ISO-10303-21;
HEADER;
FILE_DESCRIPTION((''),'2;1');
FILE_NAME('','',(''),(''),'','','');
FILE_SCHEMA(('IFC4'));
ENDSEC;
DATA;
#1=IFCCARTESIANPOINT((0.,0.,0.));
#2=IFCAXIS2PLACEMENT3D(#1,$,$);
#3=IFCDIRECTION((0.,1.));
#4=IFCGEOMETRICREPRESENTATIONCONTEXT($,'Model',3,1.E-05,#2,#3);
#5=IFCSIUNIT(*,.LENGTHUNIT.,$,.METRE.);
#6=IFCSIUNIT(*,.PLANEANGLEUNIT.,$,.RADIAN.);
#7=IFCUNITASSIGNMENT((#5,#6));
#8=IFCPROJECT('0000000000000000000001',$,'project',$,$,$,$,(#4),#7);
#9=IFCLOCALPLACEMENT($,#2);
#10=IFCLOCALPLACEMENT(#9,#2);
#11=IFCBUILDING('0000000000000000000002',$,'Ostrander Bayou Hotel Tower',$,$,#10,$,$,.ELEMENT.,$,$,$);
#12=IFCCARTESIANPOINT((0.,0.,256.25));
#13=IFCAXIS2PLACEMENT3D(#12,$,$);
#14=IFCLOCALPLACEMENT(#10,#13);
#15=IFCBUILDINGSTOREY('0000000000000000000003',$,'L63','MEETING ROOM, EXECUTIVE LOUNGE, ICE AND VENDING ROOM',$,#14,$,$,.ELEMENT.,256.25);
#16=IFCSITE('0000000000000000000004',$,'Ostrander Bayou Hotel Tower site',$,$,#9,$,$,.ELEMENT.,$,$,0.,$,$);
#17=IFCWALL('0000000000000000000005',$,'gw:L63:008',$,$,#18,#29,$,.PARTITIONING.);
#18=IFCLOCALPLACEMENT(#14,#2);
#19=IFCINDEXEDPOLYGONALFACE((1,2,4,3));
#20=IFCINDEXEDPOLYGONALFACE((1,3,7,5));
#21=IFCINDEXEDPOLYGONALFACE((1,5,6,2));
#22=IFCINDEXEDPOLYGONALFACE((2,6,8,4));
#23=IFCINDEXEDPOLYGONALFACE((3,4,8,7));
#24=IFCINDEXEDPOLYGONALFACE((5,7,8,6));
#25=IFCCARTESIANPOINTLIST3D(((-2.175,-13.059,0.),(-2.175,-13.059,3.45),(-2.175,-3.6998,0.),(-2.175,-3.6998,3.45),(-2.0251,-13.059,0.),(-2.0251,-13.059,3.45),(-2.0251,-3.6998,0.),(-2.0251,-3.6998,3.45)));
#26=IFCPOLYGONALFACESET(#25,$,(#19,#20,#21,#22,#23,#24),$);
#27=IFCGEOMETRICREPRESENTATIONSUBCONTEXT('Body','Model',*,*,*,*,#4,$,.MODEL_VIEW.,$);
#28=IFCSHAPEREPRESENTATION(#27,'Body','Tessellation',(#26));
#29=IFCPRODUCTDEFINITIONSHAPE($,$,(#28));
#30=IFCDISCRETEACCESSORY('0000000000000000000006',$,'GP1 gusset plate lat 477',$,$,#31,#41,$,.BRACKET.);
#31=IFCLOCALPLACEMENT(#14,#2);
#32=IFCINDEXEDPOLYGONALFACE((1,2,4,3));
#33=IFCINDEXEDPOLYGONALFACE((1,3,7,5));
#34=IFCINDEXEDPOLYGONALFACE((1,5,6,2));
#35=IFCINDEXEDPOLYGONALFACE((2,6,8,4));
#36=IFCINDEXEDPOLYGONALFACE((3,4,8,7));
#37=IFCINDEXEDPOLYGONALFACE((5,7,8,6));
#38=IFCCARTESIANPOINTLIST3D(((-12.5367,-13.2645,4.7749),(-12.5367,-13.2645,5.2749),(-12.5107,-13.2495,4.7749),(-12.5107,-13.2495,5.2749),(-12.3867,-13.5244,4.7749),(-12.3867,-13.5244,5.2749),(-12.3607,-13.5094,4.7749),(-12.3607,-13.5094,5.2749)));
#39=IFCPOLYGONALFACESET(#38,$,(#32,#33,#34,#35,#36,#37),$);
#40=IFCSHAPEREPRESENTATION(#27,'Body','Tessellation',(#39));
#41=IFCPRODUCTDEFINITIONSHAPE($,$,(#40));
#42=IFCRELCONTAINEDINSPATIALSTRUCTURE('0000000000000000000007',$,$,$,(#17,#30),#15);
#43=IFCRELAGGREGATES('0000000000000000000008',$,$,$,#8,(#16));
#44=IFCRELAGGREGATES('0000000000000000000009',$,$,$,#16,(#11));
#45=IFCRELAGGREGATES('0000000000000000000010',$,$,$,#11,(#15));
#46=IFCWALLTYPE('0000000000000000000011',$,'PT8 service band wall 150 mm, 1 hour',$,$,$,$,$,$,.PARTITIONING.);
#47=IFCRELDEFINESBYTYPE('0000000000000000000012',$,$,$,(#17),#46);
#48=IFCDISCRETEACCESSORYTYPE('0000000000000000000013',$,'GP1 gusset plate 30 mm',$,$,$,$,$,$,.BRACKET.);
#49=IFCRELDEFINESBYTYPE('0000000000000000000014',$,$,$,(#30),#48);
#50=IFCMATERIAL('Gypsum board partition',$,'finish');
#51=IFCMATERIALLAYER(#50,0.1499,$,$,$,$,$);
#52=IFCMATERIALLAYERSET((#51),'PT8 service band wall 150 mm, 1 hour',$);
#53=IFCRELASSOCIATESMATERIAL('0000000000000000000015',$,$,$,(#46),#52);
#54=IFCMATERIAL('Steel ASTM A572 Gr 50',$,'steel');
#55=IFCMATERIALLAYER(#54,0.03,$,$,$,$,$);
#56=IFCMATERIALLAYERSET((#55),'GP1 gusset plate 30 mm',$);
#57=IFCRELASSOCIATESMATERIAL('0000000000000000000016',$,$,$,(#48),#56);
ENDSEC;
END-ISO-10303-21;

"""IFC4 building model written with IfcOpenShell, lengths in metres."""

from ifc_helpers import new_model, si_unit, direction, frame, frame_2d, origin, origin_2d, place, context, subcontext, project, spatial, rectangle, extrude, material, layer, layer_set, type_object, element, save


model = new_model("IFC4")

# Units and contexts
model_context = context("Model", 3, precision=1e-05, world=origin(), true_north=direction((0.0, 1.0)))
body_context = subcontext(model_context, "Body", "Model", "MODEL_VIEW")
ifc_project = project(units=[si_unit("LENGTHUNIT", "METRE"), si_unit("PLANEANGLEUNIT", "RADIAN")], contexts=[model_context])

# Site, building, storey
site_placement = place(None, origin())
site = spatial("IfcSite", under=ifc_project, at=site_placement, Name="Ostrander Bayou Hotel Tower site", CompositionType="ELEMENT", RefElevation=0.0)
building_placement = place(site_placement, origin())
building = spatial("IfcBuilding", under=site, at=building_placement, Name="Ostrander Bayou Hotel Tower", CompositionType="ELEMENT")
storey_placement = place(building_placement, frame((0.0, 0.0, 256.25)))
storey = spatial("IfcBuildingStorey", under=building, at=storey_placement, Name="L63", Description="MEETING ROOM, EXECUTIVE LOUNGE, ICE AND VENDING ROOM", CompositionType="ELEMENT", Elevation=256.25)

# Wall
ifc_material_1 = material(Name="Gypsum board partition", Category="finish")
ifc_layer_1 = layer(ifc_material_1, 0.1499)
ifc_layer_set_1 = layer_set([ifc_layer_1], Name="PT8 service band wall 150 mm, 1 hour")
wall_type_1 = type_object("IfcWallType", Name="PT8 service band wall 150 mm, 1 hour", PredefinedType="PARTITIONING", material=ifc_layer_set_1)
wall_1_placement = place(storey_placement, frame((-2.1001, -13.0591, 0.0), z_axis=(0.0, 0.0, 1.0), x_axis=(0.0, 1.0, 0.0)))
element("IfcWall", 1, at=wall_1_placement, inside=storey, type_object=wall_type_1, Name="gw:L63:008", PredefinedType="PARTITIONING", context=body_context, shape_type="SweptSolid", body=[
    extrude(rectangle(XDim=9.3591, YDim=0.1499, at=frame_2d((4.6797, 0.0))), origin(), (0.0, 0.0, 1.0), 3.45),
])

# Discrete accessory
ifc_material_2 = material(Name="Steel ASTM A572 Gr 50", Category="steel")
ifc_layer_2 = layer(ifc_material_2, 0.03)
ifc_layer_set_2 = layer_set([ifc_layer_2], Name="GP1 gusset plate 30 mm")
discrete_accessory_type = type_object("IfcDiscreteAccessoryType", Name="GP1 gusset plate 30 mm", PredefinedType="BRACKET", material=ifc_layer_set_2)
discrete_accessory_placement = place(storey_placement, frame((-12.4487, -13.387, 4.7749), z_axis=(0.0, 0.0, 1.0), x_axis=(0.5, -0.866025, 0.0)))
element("IfcDiscreteAccessory", 2, at=discrete_accessory_placement, inside=storey, type_object=discrete_accessory_type, Name="GP1 gusset plate lat 477", PredefinedType="BRACKET", context=body_context, shape_type="SweptSolid", body=[
    extrude(rectangle(XDim=0.3, YDim=0.03, at=origin_2d()), origin(), (0.0, 0.0, 1.0), 0.5),
])

save(model, "model.ifc")
